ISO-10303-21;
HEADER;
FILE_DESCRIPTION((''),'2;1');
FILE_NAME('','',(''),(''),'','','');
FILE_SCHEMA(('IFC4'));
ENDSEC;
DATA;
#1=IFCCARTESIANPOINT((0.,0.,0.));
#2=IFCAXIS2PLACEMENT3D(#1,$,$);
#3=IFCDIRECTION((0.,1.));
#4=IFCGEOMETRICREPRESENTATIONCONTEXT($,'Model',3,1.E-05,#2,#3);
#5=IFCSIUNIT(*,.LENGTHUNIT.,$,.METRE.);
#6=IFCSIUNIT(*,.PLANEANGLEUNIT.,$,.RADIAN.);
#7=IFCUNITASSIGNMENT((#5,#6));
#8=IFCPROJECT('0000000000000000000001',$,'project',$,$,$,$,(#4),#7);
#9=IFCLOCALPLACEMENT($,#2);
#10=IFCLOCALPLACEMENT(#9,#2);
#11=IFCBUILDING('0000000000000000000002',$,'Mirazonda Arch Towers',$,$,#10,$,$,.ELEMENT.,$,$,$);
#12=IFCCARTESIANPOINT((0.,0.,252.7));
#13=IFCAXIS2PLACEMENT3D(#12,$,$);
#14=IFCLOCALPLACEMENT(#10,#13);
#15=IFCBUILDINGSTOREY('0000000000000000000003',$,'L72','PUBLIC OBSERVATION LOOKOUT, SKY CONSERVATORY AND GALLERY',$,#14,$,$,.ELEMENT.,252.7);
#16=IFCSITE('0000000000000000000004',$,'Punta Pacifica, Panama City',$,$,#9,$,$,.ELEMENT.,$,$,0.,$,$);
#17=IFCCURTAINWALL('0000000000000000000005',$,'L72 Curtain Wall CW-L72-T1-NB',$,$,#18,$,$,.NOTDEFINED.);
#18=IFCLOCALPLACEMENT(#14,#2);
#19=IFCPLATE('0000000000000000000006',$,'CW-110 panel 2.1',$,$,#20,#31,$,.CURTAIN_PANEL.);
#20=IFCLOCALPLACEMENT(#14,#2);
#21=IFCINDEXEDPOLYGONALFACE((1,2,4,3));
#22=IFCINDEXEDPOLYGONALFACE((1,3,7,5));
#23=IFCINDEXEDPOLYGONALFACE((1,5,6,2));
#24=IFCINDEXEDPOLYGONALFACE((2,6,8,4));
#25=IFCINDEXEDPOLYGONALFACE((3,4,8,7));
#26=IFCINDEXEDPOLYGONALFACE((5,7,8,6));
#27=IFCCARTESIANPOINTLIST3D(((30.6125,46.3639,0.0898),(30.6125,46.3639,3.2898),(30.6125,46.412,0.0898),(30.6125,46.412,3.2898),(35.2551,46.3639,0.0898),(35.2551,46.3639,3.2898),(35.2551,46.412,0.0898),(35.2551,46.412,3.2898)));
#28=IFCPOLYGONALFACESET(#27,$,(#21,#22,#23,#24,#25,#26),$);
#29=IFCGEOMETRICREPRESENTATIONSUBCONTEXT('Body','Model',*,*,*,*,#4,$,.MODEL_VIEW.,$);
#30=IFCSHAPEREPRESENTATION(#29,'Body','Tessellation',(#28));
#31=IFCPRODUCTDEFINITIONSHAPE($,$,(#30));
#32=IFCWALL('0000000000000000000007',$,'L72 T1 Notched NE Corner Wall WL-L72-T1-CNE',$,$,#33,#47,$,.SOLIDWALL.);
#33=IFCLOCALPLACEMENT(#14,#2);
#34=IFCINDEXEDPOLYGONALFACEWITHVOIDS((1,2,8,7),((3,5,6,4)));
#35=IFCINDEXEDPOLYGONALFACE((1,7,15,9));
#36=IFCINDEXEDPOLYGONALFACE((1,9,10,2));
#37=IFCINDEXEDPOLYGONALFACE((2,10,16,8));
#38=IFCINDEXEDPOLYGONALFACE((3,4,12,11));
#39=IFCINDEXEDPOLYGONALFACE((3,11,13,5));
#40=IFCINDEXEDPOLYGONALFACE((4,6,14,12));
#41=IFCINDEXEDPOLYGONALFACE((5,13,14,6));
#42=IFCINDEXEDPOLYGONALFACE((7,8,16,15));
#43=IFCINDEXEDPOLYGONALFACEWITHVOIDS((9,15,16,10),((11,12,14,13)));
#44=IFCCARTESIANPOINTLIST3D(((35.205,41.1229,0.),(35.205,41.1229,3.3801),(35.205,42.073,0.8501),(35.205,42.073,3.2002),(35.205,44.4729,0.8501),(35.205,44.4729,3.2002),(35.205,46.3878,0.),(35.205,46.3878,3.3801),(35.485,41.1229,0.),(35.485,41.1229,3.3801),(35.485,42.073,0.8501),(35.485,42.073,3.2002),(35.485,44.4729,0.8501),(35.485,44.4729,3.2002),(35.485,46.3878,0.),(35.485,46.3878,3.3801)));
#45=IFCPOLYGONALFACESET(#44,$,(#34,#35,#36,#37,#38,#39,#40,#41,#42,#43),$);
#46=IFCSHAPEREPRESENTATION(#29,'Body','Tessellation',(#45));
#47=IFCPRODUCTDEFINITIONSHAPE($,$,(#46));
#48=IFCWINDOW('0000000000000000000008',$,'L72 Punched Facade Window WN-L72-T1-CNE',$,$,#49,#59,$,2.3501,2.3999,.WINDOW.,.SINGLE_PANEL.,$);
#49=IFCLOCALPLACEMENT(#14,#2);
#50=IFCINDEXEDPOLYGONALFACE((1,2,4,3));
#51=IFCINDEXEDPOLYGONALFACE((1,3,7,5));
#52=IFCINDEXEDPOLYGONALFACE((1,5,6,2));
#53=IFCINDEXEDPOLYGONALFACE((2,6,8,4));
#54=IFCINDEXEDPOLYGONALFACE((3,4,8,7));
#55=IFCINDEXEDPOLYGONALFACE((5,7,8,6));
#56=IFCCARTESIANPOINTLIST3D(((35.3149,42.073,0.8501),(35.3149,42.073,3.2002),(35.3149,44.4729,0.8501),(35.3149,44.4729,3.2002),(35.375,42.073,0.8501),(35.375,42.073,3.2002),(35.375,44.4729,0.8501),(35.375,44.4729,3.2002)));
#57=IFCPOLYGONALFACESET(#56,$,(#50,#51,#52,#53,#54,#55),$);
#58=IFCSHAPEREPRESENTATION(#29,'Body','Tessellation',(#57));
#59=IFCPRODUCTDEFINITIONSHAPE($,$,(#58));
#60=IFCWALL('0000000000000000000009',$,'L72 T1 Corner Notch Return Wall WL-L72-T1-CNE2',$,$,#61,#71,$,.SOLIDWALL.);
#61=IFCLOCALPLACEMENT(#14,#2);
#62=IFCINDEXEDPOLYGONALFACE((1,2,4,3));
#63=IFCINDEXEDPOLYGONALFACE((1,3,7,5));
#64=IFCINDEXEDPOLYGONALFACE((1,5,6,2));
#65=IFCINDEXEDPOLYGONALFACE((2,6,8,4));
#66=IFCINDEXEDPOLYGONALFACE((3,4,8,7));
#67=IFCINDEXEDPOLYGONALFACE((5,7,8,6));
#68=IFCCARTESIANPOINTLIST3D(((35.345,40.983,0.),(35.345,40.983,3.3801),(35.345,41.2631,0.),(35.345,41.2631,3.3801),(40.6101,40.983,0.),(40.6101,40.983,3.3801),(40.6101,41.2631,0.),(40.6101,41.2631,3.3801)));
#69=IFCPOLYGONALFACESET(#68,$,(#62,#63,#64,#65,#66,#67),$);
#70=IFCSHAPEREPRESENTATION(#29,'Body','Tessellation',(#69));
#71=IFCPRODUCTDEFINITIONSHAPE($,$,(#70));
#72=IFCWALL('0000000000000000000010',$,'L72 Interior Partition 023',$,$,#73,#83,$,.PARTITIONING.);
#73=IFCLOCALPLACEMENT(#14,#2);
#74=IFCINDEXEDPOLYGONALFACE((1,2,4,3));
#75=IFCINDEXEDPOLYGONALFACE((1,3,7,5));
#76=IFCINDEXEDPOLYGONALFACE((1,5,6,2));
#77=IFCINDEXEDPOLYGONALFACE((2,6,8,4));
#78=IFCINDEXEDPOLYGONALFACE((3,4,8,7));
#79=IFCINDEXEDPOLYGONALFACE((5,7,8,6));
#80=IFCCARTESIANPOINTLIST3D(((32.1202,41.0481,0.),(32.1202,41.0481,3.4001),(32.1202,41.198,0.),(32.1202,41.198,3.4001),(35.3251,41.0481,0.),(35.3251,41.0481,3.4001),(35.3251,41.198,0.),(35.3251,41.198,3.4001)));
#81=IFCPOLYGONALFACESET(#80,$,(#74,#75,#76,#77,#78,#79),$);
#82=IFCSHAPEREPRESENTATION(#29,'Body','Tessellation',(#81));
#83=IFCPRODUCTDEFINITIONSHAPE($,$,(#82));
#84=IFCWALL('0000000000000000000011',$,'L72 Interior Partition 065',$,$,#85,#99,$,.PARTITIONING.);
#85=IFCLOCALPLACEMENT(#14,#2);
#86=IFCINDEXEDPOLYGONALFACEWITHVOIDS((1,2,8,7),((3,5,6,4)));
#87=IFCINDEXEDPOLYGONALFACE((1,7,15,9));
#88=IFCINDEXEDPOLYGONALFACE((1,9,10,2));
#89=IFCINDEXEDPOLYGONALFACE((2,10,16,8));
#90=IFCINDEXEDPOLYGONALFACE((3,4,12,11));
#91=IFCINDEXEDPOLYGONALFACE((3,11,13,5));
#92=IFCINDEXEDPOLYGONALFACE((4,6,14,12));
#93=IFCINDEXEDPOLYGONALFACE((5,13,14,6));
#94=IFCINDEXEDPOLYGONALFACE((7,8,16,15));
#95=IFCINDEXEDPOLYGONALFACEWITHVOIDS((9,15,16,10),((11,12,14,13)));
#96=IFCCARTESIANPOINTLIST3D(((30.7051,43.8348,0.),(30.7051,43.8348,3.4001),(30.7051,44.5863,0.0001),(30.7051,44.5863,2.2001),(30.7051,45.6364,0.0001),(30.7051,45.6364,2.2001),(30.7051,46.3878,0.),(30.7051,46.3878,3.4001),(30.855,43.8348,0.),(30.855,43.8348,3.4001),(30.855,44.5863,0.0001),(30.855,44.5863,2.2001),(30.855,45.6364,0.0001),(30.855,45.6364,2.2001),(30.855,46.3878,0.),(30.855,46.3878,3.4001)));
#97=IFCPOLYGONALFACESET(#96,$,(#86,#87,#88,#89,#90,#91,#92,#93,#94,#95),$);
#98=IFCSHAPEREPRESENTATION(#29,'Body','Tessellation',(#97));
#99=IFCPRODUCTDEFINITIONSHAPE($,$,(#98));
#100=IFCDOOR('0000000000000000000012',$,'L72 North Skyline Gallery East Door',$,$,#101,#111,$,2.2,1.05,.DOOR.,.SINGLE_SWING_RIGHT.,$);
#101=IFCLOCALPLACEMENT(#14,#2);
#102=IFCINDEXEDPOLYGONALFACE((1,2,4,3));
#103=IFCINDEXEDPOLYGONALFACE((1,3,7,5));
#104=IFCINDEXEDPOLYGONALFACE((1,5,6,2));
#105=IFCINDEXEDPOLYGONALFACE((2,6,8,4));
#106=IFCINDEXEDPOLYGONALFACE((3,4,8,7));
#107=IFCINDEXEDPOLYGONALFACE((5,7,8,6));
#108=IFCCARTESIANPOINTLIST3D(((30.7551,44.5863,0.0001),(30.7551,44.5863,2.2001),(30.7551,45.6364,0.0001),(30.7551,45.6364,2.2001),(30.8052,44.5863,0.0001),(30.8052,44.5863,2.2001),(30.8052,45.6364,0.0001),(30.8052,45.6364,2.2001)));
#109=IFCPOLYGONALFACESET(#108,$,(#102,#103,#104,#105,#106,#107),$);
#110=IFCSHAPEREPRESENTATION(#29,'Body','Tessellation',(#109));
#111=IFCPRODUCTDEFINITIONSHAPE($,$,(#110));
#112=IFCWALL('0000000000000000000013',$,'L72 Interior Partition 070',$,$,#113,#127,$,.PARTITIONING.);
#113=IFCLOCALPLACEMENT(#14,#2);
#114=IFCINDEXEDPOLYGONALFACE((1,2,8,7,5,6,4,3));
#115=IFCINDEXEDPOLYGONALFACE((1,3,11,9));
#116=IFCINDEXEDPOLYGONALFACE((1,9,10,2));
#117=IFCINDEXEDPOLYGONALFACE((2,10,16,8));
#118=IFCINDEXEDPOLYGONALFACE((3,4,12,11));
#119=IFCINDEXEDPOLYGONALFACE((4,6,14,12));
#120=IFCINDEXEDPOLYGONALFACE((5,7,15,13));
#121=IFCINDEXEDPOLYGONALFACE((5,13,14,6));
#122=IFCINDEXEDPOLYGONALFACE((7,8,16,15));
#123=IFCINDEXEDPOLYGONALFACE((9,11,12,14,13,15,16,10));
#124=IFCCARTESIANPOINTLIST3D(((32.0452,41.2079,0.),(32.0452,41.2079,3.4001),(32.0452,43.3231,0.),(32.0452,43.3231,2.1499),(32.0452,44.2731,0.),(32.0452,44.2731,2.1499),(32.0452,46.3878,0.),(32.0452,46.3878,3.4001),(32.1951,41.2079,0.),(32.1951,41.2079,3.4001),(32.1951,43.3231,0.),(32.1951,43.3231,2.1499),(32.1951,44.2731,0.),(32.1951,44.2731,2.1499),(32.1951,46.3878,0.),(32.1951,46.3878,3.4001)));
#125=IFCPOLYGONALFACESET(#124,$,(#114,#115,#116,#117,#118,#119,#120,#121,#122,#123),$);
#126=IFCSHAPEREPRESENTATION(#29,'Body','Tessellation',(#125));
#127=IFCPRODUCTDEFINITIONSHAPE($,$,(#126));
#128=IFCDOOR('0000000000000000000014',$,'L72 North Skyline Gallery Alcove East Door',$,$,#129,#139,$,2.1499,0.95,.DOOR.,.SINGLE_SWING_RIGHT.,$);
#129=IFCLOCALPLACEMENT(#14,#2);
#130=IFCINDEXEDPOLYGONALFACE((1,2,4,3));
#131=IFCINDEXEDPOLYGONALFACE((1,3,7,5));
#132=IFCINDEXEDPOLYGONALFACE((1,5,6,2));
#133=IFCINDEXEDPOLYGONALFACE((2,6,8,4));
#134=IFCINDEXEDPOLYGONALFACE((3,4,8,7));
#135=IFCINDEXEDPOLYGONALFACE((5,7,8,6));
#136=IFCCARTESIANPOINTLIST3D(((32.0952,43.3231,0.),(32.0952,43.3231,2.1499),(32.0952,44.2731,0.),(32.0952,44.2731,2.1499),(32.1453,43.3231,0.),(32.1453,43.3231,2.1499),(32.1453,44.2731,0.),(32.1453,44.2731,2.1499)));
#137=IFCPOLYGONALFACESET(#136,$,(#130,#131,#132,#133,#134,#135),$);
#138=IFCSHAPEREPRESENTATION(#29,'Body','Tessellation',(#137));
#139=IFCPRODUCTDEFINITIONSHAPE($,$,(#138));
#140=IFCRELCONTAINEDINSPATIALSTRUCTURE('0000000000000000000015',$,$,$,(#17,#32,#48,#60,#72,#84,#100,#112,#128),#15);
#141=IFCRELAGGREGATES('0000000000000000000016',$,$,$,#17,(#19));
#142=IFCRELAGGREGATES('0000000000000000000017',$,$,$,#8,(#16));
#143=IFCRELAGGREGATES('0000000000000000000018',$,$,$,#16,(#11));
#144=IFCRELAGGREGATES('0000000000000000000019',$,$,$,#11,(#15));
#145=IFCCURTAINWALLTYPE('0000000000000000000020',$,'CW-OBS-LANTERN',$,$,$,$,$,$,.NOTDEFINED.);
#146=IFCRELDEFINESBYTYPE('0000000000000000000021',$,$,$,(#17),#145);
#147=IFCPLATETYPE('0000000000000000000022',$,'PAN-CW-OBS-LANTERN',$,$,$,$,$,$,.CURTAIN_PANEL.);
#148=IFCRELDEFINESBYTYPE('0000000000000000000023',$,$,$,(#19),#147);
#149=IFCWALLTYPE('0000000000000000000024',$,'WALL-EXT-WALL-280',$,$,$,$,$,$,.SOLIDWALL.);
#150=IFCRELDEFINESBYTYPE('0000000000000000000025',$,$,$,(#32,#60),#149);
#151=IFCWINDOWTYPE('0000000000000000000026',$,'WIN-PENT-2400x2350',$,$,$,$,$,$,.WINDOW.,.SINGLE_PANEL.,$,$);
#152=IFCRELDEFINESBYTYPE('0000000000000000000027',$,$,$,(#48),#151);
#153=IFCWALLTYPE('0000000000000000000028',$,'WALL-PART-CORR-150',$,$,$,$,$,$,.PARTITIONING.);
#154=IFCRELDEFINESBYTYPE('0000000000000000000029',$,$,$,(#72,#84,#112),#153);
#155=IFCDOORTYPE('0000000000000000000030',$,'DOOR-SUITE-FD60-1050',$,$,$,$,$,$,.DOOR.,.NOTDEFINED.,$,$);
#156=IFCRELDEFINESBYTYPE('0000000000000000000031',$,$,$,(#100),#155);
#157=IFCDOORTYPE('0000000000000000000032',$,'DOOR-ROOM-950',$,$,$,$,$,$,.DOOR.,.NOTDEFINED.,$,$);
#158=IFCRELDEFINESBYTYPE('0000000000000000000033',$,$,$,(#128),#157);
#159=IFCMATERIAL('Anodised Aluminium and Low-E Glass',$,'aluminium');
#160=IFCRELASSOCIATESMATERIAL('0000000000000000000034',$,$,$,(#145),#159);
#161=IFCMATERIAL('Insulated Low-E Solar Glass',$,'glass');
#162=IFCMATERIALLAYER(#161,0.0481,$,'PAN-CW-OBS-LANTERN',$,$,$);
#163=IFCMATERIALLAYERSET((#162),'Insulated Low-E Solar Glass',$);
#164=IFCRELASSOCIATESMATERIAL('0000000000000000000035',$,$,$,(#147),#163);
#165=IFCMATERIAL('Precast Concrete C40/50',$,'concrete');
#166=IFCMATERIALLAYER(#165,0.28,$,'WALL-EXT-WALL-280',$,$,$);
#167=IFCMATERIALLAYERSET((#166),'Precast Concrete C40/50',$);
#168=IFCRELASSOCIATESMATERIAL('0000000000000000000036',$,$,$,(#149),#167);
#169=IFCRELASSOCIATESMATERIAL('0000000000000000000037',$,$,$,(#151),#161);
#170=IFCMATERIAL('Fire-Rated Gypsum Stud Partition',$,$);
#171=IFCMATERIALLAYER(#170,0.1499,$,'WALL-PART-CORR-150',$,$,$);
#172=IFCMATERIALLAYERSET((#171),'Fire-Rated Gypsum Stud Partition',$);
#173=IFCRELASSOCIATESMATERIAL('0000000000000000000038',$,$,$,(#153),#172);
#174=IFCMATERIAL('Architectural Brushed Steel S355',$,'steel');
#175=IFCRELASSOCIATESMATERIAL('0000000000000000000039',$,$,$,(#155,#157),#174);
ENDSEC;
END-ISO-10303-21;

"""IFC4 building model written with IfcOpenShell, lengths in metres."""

from ifc_helpers import new_model, si_unit, direction, frame, frame_2d, origin, origin_2d, place, context, subcontext, project, spatial, rectangle, extrude, material, layer, layer_set, type_object, element, fill, aggregate, save


model = new_model("IFC4")

# Units and contexts
model_context = context("Model", 3, precision=1e-05, world=origin(), true_north=direction((0.0, 1.0)))
body_context = subcontext(model_context, "Body", "Model", "MODEL_VIEW")
ifc_project = project(units=[si_unit("LENGTHUNIT", "METRE"), si_unit("PLANEANGLEUNIT", "RADIAN")], contexts=[model_context])

# Site, building, storey
site_placement = place(None, origin())
site = spatial("IfcSite", under=ifc_project, at=site_placement, Name="Punta Pacifica, Panama City", CompositionType="ELEMENT", RefElevation=0.0)
building_placement = place(site_placement, origin())
building = spatial("IfcBuilding", under=site, at=building_placement, Name="Mirazonda Arch Towers", CompositionType="ELEMENT")
storey_placement = place(building_placement, frame((0.0, 0.0, 252.7)))
storey = spatial("IfcBuildingStorey", under=building, at=storey_placement, Name="L72", Description="PUBLIC OBSERVATION LOOKOUT, SKY CONSERVATORY AND GALLERY", CompositionType="ELEMENT", Elevation=252.7)

# Shared definitions
ifc_material_1 = material(Name="Anodised Aluminium and Low-E Glass", Category="aluminium")
curtain_wall_type = type_object("IfcCurtainWallType", Name="CW-OBS-LANTERN", PredefinedType="NOTDEFINED", material=ifc_material_1)

# Curtain wall
curtain_wall_1_placement = place(storey_placement, origin())
curtain_wall_1 = element("IfcCurtainWall", 1, at=curtain_wall_1_placement, inside=storey, type_object=curtain_wall_type, Name="L72 Curtain Wall CW-L72-T1-NB", PredefinedType="NOTDEFINED")

# Plate
ifc_material_2 = material(Name="Insulated Low-E Solar Glass", Category="glass")
ifc_layer_1 = layer(ifc_material_2, 0.0481, Name="PAN-CW-OBS-LANTERN")
ifc_layer_set_1 = layer_set([ifc_layer_1], Name="Insulated Low-E Solar Glass")
plate_type = type_object("IfcPlateType", Name="PAN-CW-OBS-LANTERN", PredefinedType="CURTAIN_PANEL", material=ifc_layer_set_1)
plate_1_placement = place(storey_placement, frame((32.9338, 46.3879, 0.0898), z_axis=(0.0, 0.0, 1.0), x_axis=(1.0, 0.0, 0.0)))
plate_1 = element("IfcPlate", 2, at=plate_1_placement, type_object=plate_type, Name="CW-110 panel 2.1", PredefinedType="CURTAIN_PANEL", context=body_context, shape_type="SweptSolid", body=[
    extrude(rectangle(XDim=4.6426, YDim=0.0481, at=origin_2d()), origin(), (0.0, 0.0, 1.0), 3.2),
])
aggregate(curtain_wall_1, [plate_1])

# Wall, opening, window
ifc_material_3 = material(Name="Precast Concrete C40/50", Category="concrete")
ifc_layer_2 = layer(ifc_material_3, 0.28, Name="WALL-EXT-WALL-280")
ifc_layer_set_2 = layer_set([ifc_layer_2], Name="Precast Concrete C40/50")
wall_type_1 = type_object("IfcWallType", Name="WALL-EXT-WALL-280", PredefinedType="SOLIDWALL", material=ifc_layer_set_2)
wall_1_placement = place(storey_placement, frame((35.345, 41.123, 0.0), z_axis=(0.0, 0.0, 1.0), x_axis=(0.0, 1.0, 0.0)))
wall_1 = element("IfcWall", 3, at=wall_1_placement, inside=storey, type_object=wall_type_1, Name="L72 T1 Notched NE Corner Wall WL-L72-T1-CNE", PredefinedType="SOLIDWALL", context=body_context, shape_type="SweptSolid", body=[
    extrude(rectangle(XDim=5.2649, YDim=0.28, at=frame_2d((2.6323, 0.0))), origin(), (0.0, 0.0, 1.0), 3.3801),
])
opening_1_placement = place(wall_1_placement, frame((0.95, 0.0, 0.8501)))
opening_1 = element("IfcOpeningElement", 4, at=opening_1_placement, cuts=wall_1, PredefinedType="OPENING", context=body_context, shape_type="SweptSolid", body=[
    extrude(rectangle(XDim=2.3999, YDim=2.3501, at=frame_2d((1.2, 1.175))), frame((0.0, 0.1499, 0.0), z_axis=(0.0, -1.0, 0.0), x_axis=(1.0, 0.0, 0.0)), (0.0, 0.0, 1.0), 0.3),
])
window_type = type_object("IfcWindowType", Name="WIN-PENT-2400x2350", PartitioningType="SINGLE_PANEL", PredefinedType="WINDOW", material=ifc_material_2)
window_placement = place(opening_1_placement, origin())
window = element("IfcWindow", 5, at=window_placement, inside=storey, type_object=window_type, Name="L72 Punched Facade Window WN-L72-T1-CNE", OverallHeight=2.3501, OverallWidth=2.3999, PartitioningType="SINGLE_PANEL", PredefinedType="WINDOW", context=body_context, shape_type="SweptSolid", body=[
    extrude(rectangle(XDim=2.3999, YDim=2.3501, at=frame_2d((1.2, 1.175))), frame((0.0, 0.03, 0.0), z_axis=(0.0, -1.0, 0.0), x_axis=(1.0, 0.0, 0.0)), (0.0, 0.0, 1.0), 0.0601),
])
fill(opening_1, window)

# Walls
wall_2_placement = place(storey_placement, frame((40.6101, 41.123, 0.0), z_axis=(0.0, 0.0, 1.0), x_axis=(-1.0, 0.0, 0.0)))
element("IfcWall", 6, at=wall_2_placement, inside=storey, type_object=wall_type_1, Name="L72 T1 Corner Notch Return Wall WL-L72-T1-CNE2", PredefinedType="SOLIDWALL", context=body_context, shape_type="SweptSolid", body=[
    extrude(rectangle(XDim=5.2651, YDim=0.28, at=frame_2d((2.6326, 0.0))), origin(), (0.0, 0.0, 1.0), 3.3801),
])
ifc_material_4 = material(Name="Fire-Rated Gypsum Stud Partition")
ifc_layer_3 = layer(ifc_material_4, 0.1499, Name="WALL-PART-CORR-150")
ifc_layer_set_3 = layer_set([ifc_layer_3], Name="Fire-Rated Gypsum Stud Partition")
wall_type_2 = type_object("IfcWallType", Name="WALL-PART-CORR-150", PredefinedType="PARTITIONING", material=ifc_layer_set_3)
wall_3_placement = place(storey_placement, frame((32.1201, 41.123, 0.0), z_axis=(0.0, 0.0, 1.0), x_axis=(1.0, 0.0, 0.0)))
element("IfcWall", 7, at=wall_3_placement, inside=storey, type_object=wall_type_2, Name="L72 Interior Partition 023", PredefinedType="PARTITIONING", context=body_context, shape_type="SweptSolid", body=[
    extrude(rectangle(XDim=3.2048, YDim=0.1499, at=frame_2d((1.6025, 0.0))), origin(), (0.0, 0.0, 1.0), 3.4001),
])

# Walls, openings, doors
wall_4_placement = place(storey_placement, frame((30.78, 43.835, 0.0), z_axis=(0.0, 0.0, 1.0), x_axis=(0.0, 1.0, 0.0)))
wall_4 = element("IfcWall", 8, at=wall_4_placement, inside=storey, type_object=wall_type_2, Name="L72 Interior Partition 065", PredefinedType="PARTITIONING", context=body_context, shape_type="SweptSolid", body=[
    extrude(rectangle(XDim=2.553, YDim=0.1499, at=frame_2d((1.2764, 0.0))), origin(), (0.0, 0.0, 1.0), 3.4001),
])
opening_2_placement = place(wall_4_placement, frame((0.7515, 0.0, 0.0)))
opening_2 = element("IfcOpeningElement", 9, at=opening_2_placement, cuts=wall_4, PredefinedType="OPENING", context=body_context, shape_type="SweptSolid", body=[
    extrude(rectangle(XDim=1.05, YDim=2.2, at=frame_2d((0.5249, 1.1001))), frame((0.0, 0.085, 0.0), z_axis=(0.0, -1.0, 0.0), x_axis=(1.0, 0.0, 0.0)), (0.0, 0.0, 1.0), 0.1699),
])
ifc_material_5 = material(Name="Architectural Brushed Steel S355", Category="steel")
door_type_1 = type_object("IfcDoorType", Name="DOOR-SUITE-FD60-1050", OperationType="NOTDEFINED", PredefinedType="DOOR", material=ifc_material_5)
door_1_placement = place(opening_2_placement, origin())
door_1 = element("IfcDoor", 10, at=door_1_placement, inside=storey, type_object=door_type_1, Name="L72 North Skyline Gallery East Door", OperationType="SINGLE_SWING_RIGHT", OverallHeight=2.2, OverallWidth=1.05, PredefinedType="DOOR", context=body_context, shape_type="SweptSolid", body=[
    extrude(rectangle(XDim=1.05, YDim=2.2, at=frame_2d((0.5249, 1.1001))), frame((0.0, 0.0249, 0.0), z_axis=(0.0, -1.0, 0.0), x_axis=(1.0, 0.0, 0.0)), (0.0, 0.0, 1.0), 0.05),
])
fill(opening_2, door_1)
wall_5_placement = place(storey_placement, frame((32.1201, 41.208, 0.0), z_axis=(0.0, 0.0, 1.0), x_axis=(0.0, 1.0, 0.0)))
wall_5 = element("IfcWall", 11, at=wall_5_placement, inside=storey, type_object=wall_type_2, Name="L72 Interior Partition 070", PredefinedType="PARTITIONING", context=body_context, shape_type="SweptSolid", body=[
    extrude(rectangle(XDim=5.1799, YDim=0.1499, at=frame_2d((2.5898, 0.0))), origin(), (0.0, 0.0, 1.0), 3.4001),
])
opening_3_placement = place(wall_5_placement, frame((2.115, 0.0, 0.0)))
opening_3 = element("IfcOpeningElement", 12, at=opening_3_placement, cuts=wall_5, PredefinedType="OPENING", context=body_context, shape_type="SweptSolid", body=[
    extrude(rectangle(XDim=0.95, YDim=2.1499, at=frame_2d((0.4751, 1.075))), frame((0.0, 0.085, 0.0), z_axis=(0.0, -1.0, 0.0), x_axis=(1.0, 0.0, 0.0)), (0.0, 0.0, 1.0), 0.1699),
])
door_type_2 = type_object("IfcDoorType", Name="DOOR-ROOM-950", OperationType="NOTDEFINED", PredefinedType="DOOR", material=ifc_material_5)
door_2_placement = place(opening_3_placement, origin())
door_2 = element("IfcDoor", 13, at=door_2_placement, inside=storey, type_object=door_type_2, Name="L72 North Skyline Gallery Alcove East Door", OperationType="SINGLE_SWING_RIGHT", OverallHeight=2.1499, OverallWidth=0.95, PredefinedType="DOOR", context=body_context, shape_type="SweptSolid", body=[
    extrude(rectangle(XDim=0.95, YDim=2.1499, at=frame_2d((0.4751, 1.075))), frame((0.0, 0.0249, 0.0), z_axis=(0.0, -1.0, 0.0), x_axis=(1.0, 0.0, 0.0)), (0.0, 0.0, 1.0), 0.05),
])
fill(opening_3, door_2)

save(model, "model.ifc")
